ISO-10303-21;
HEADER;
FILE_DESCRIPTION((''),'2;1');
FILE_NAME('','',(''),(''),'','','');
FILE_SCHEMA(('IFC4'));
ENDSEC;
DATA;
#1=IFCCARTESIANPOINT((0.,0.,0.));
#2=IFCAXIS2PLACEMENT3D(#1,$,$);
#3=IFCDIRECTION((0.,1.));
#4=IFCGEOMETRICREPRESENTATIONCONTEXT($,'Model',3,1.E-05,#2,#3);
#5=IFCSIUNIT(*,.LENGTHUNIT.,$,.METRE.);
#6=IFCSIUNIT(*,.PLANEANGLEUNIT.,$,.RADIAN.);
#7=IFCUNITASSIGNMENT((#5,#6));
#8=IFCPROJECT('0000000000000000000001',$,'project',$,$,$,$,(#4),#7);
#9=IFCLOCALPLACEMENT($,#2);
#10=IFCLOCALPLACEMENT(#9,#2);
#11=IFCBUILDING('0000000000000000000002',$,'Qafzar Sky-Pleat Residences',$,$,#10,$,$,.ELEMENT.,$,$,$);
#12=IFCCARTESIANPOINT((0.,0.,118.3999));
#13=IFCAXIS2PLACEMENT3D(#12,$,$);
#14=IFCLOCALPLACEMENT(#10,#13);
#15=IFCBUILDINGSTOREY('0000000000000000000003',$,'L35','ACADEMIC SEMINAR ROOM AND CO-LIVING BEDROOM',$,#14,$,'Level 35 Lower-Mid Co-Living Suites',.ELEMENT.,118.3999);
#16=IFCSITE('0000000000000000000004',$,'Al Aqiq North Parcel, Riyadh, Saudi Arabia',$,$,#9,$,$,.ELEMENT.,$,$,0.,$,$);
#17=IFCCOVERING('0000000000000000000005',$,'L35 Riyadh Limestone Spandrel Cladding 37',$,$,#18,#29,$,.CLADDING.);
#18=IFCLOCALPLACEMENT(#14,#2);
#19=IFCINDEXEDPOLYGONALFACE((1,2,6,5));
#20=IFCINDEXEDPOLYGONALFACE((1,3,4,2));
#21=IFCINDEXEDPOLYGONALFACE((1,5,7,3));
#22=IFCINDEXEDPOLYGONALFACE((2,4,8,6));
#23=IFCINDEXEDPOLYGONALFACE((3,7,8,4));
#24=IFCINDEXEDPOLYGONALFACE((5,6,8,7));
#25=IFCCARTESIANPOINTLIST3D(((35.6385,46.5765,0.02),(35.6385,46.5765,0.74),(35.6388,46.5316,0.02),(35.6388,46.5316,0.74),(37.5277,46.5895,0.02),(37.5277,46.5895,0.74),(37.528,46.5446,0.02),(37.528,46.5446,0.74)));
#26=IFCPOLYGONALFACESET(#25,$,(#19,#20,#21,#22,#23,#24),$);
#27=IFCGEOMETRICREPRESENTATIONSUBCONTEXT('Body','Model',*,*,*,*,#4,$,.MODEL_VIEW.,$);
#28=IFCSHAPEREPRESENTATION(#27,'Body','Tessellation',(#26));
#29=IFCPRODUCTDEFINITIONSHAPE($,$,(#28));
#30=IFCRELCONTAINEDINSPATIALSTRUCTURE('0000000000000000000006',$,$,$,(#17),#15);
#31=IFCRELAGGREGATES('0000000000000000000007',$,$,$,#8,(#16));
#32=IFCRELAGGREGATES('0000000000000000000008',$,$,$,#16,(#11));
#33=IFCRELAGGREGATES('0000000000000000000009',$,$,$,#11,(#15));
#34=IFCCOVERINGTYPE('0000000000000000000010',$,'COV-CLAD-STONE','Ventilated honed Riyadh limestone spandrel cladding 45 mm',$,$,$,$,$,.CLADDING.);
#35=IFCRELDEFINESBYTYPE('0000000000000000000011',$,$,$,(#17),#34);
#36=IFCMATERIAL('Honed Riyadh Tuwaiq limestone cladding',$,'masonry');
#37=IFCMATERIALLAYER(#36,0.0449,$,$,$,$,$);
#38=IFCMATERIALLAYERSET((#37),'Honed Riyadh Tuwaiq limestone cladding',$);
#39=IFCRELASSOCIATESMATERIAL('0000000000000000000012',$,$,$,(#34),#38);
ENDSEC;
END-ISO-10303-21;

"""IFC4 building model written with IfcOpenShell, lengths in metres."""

from ifc_helpers import new_model, si_unit, direction, frame, origin, origin_2d, place, context, subcontext, project, spatial, rectangle, extrude, source, transform, mapped, material, layer, layer_set, type_object, element, save


model = new_model("IFC4")

# Units and contexts
model_context = context("Model", 3, precision=1e-05, world=origin(), true_north=direction((0.0, 1.0)))
body_context = subcontext(model_context, "Body", "Model", "MODEL_VIEW")
ifc_project = project(units=[si_unit("LENGTHUNIT", "METRE"), si_unit("PLANEANGLEUNIT", "RADIAN")], contexts=[model_context])

# Site, building, storey
site_placement = place(None, origin())
site = spatial("IfcSite", under=ifc_project, at=site_placement, Name="Al Aqiq North Parcel, Riyadh, Saudi Arabia", CompositionType="ELEMENT", RefElevation=0.0)
building_placement = place(site_placement, origin())
building = spatial("IfcBuilding", under=site, at=building_placement, Name="Qafzar Sky-Pleat Residences", CompositionType="ELEMENT")
storey_placement = place(building_placement, frame((0.0, 0.0, 118.3999)))
storey = spatial("IfcBuildingStorey", under=building, at=storey_placement, Name="L35", Description="ACADEMIC SEMINAR ROOM AND CO-LIVING BEDROOM", LongName="Level 35 Lower-Mid Co-Living Suites", CompositionType="ELEMENT", Elevation=118.3999)

# Covering
ifc_material_1 = material(Name="Honed Riyadh Tuwaiq limestone cladding", Category="masonry")
ifc_layer_1 = layer(ifc_material_1, 0.0449)
ifc_layer_set_1 = layer_set([ifc_layer_1], Name="Honed Riyadh Tuwaiq limestone cladding")
covering_type = type_object("IfcCoveringType", Name="COV-CLAD-STONE", Description="Ventilated honed Riyadh limestone spandrel cladding 45 mm", PredefinedType="CLADDING", material=ifc_layer_set_1)
shared_shape_1 = source(origin(), body_context, "Body", "SweptSolid", [
    extrude(rectangle(XDim=1.8892, YDim=0.0449, at=origin_2d()), origin(), (0.0, 0.0, 1.0), 0.72),
])
for number, where, z_axis, x_axis, name in (
    (1, (36.5833, 46.5605, 0.02), (0.0, 0.0, 1.0), (-0.999976, -0.00686, 0.0), "L35 Riyadh Limestone Spandrel Cladding 37"),
):
    element("IfcCovering", number, at=place(storey_placement, frame(where, z_axis=z_axis, x_axis=x_axis)), inside=storey, type_object=covering_type, Name=name, PredefinedType="CLADDING", context=body_context, shape_type="MappedRepresentation", body=[
        mapped(shared_shape_1, transform((0.0, 0.0, 0.0), x_axis=(1.0, 0.0, 0.0), y_axis=(0.0, 1.0, 0.0), z_axis=(0.0, 0.0, 1.0), scale=1.0)),
    ])

save(model, "model.ifc")
